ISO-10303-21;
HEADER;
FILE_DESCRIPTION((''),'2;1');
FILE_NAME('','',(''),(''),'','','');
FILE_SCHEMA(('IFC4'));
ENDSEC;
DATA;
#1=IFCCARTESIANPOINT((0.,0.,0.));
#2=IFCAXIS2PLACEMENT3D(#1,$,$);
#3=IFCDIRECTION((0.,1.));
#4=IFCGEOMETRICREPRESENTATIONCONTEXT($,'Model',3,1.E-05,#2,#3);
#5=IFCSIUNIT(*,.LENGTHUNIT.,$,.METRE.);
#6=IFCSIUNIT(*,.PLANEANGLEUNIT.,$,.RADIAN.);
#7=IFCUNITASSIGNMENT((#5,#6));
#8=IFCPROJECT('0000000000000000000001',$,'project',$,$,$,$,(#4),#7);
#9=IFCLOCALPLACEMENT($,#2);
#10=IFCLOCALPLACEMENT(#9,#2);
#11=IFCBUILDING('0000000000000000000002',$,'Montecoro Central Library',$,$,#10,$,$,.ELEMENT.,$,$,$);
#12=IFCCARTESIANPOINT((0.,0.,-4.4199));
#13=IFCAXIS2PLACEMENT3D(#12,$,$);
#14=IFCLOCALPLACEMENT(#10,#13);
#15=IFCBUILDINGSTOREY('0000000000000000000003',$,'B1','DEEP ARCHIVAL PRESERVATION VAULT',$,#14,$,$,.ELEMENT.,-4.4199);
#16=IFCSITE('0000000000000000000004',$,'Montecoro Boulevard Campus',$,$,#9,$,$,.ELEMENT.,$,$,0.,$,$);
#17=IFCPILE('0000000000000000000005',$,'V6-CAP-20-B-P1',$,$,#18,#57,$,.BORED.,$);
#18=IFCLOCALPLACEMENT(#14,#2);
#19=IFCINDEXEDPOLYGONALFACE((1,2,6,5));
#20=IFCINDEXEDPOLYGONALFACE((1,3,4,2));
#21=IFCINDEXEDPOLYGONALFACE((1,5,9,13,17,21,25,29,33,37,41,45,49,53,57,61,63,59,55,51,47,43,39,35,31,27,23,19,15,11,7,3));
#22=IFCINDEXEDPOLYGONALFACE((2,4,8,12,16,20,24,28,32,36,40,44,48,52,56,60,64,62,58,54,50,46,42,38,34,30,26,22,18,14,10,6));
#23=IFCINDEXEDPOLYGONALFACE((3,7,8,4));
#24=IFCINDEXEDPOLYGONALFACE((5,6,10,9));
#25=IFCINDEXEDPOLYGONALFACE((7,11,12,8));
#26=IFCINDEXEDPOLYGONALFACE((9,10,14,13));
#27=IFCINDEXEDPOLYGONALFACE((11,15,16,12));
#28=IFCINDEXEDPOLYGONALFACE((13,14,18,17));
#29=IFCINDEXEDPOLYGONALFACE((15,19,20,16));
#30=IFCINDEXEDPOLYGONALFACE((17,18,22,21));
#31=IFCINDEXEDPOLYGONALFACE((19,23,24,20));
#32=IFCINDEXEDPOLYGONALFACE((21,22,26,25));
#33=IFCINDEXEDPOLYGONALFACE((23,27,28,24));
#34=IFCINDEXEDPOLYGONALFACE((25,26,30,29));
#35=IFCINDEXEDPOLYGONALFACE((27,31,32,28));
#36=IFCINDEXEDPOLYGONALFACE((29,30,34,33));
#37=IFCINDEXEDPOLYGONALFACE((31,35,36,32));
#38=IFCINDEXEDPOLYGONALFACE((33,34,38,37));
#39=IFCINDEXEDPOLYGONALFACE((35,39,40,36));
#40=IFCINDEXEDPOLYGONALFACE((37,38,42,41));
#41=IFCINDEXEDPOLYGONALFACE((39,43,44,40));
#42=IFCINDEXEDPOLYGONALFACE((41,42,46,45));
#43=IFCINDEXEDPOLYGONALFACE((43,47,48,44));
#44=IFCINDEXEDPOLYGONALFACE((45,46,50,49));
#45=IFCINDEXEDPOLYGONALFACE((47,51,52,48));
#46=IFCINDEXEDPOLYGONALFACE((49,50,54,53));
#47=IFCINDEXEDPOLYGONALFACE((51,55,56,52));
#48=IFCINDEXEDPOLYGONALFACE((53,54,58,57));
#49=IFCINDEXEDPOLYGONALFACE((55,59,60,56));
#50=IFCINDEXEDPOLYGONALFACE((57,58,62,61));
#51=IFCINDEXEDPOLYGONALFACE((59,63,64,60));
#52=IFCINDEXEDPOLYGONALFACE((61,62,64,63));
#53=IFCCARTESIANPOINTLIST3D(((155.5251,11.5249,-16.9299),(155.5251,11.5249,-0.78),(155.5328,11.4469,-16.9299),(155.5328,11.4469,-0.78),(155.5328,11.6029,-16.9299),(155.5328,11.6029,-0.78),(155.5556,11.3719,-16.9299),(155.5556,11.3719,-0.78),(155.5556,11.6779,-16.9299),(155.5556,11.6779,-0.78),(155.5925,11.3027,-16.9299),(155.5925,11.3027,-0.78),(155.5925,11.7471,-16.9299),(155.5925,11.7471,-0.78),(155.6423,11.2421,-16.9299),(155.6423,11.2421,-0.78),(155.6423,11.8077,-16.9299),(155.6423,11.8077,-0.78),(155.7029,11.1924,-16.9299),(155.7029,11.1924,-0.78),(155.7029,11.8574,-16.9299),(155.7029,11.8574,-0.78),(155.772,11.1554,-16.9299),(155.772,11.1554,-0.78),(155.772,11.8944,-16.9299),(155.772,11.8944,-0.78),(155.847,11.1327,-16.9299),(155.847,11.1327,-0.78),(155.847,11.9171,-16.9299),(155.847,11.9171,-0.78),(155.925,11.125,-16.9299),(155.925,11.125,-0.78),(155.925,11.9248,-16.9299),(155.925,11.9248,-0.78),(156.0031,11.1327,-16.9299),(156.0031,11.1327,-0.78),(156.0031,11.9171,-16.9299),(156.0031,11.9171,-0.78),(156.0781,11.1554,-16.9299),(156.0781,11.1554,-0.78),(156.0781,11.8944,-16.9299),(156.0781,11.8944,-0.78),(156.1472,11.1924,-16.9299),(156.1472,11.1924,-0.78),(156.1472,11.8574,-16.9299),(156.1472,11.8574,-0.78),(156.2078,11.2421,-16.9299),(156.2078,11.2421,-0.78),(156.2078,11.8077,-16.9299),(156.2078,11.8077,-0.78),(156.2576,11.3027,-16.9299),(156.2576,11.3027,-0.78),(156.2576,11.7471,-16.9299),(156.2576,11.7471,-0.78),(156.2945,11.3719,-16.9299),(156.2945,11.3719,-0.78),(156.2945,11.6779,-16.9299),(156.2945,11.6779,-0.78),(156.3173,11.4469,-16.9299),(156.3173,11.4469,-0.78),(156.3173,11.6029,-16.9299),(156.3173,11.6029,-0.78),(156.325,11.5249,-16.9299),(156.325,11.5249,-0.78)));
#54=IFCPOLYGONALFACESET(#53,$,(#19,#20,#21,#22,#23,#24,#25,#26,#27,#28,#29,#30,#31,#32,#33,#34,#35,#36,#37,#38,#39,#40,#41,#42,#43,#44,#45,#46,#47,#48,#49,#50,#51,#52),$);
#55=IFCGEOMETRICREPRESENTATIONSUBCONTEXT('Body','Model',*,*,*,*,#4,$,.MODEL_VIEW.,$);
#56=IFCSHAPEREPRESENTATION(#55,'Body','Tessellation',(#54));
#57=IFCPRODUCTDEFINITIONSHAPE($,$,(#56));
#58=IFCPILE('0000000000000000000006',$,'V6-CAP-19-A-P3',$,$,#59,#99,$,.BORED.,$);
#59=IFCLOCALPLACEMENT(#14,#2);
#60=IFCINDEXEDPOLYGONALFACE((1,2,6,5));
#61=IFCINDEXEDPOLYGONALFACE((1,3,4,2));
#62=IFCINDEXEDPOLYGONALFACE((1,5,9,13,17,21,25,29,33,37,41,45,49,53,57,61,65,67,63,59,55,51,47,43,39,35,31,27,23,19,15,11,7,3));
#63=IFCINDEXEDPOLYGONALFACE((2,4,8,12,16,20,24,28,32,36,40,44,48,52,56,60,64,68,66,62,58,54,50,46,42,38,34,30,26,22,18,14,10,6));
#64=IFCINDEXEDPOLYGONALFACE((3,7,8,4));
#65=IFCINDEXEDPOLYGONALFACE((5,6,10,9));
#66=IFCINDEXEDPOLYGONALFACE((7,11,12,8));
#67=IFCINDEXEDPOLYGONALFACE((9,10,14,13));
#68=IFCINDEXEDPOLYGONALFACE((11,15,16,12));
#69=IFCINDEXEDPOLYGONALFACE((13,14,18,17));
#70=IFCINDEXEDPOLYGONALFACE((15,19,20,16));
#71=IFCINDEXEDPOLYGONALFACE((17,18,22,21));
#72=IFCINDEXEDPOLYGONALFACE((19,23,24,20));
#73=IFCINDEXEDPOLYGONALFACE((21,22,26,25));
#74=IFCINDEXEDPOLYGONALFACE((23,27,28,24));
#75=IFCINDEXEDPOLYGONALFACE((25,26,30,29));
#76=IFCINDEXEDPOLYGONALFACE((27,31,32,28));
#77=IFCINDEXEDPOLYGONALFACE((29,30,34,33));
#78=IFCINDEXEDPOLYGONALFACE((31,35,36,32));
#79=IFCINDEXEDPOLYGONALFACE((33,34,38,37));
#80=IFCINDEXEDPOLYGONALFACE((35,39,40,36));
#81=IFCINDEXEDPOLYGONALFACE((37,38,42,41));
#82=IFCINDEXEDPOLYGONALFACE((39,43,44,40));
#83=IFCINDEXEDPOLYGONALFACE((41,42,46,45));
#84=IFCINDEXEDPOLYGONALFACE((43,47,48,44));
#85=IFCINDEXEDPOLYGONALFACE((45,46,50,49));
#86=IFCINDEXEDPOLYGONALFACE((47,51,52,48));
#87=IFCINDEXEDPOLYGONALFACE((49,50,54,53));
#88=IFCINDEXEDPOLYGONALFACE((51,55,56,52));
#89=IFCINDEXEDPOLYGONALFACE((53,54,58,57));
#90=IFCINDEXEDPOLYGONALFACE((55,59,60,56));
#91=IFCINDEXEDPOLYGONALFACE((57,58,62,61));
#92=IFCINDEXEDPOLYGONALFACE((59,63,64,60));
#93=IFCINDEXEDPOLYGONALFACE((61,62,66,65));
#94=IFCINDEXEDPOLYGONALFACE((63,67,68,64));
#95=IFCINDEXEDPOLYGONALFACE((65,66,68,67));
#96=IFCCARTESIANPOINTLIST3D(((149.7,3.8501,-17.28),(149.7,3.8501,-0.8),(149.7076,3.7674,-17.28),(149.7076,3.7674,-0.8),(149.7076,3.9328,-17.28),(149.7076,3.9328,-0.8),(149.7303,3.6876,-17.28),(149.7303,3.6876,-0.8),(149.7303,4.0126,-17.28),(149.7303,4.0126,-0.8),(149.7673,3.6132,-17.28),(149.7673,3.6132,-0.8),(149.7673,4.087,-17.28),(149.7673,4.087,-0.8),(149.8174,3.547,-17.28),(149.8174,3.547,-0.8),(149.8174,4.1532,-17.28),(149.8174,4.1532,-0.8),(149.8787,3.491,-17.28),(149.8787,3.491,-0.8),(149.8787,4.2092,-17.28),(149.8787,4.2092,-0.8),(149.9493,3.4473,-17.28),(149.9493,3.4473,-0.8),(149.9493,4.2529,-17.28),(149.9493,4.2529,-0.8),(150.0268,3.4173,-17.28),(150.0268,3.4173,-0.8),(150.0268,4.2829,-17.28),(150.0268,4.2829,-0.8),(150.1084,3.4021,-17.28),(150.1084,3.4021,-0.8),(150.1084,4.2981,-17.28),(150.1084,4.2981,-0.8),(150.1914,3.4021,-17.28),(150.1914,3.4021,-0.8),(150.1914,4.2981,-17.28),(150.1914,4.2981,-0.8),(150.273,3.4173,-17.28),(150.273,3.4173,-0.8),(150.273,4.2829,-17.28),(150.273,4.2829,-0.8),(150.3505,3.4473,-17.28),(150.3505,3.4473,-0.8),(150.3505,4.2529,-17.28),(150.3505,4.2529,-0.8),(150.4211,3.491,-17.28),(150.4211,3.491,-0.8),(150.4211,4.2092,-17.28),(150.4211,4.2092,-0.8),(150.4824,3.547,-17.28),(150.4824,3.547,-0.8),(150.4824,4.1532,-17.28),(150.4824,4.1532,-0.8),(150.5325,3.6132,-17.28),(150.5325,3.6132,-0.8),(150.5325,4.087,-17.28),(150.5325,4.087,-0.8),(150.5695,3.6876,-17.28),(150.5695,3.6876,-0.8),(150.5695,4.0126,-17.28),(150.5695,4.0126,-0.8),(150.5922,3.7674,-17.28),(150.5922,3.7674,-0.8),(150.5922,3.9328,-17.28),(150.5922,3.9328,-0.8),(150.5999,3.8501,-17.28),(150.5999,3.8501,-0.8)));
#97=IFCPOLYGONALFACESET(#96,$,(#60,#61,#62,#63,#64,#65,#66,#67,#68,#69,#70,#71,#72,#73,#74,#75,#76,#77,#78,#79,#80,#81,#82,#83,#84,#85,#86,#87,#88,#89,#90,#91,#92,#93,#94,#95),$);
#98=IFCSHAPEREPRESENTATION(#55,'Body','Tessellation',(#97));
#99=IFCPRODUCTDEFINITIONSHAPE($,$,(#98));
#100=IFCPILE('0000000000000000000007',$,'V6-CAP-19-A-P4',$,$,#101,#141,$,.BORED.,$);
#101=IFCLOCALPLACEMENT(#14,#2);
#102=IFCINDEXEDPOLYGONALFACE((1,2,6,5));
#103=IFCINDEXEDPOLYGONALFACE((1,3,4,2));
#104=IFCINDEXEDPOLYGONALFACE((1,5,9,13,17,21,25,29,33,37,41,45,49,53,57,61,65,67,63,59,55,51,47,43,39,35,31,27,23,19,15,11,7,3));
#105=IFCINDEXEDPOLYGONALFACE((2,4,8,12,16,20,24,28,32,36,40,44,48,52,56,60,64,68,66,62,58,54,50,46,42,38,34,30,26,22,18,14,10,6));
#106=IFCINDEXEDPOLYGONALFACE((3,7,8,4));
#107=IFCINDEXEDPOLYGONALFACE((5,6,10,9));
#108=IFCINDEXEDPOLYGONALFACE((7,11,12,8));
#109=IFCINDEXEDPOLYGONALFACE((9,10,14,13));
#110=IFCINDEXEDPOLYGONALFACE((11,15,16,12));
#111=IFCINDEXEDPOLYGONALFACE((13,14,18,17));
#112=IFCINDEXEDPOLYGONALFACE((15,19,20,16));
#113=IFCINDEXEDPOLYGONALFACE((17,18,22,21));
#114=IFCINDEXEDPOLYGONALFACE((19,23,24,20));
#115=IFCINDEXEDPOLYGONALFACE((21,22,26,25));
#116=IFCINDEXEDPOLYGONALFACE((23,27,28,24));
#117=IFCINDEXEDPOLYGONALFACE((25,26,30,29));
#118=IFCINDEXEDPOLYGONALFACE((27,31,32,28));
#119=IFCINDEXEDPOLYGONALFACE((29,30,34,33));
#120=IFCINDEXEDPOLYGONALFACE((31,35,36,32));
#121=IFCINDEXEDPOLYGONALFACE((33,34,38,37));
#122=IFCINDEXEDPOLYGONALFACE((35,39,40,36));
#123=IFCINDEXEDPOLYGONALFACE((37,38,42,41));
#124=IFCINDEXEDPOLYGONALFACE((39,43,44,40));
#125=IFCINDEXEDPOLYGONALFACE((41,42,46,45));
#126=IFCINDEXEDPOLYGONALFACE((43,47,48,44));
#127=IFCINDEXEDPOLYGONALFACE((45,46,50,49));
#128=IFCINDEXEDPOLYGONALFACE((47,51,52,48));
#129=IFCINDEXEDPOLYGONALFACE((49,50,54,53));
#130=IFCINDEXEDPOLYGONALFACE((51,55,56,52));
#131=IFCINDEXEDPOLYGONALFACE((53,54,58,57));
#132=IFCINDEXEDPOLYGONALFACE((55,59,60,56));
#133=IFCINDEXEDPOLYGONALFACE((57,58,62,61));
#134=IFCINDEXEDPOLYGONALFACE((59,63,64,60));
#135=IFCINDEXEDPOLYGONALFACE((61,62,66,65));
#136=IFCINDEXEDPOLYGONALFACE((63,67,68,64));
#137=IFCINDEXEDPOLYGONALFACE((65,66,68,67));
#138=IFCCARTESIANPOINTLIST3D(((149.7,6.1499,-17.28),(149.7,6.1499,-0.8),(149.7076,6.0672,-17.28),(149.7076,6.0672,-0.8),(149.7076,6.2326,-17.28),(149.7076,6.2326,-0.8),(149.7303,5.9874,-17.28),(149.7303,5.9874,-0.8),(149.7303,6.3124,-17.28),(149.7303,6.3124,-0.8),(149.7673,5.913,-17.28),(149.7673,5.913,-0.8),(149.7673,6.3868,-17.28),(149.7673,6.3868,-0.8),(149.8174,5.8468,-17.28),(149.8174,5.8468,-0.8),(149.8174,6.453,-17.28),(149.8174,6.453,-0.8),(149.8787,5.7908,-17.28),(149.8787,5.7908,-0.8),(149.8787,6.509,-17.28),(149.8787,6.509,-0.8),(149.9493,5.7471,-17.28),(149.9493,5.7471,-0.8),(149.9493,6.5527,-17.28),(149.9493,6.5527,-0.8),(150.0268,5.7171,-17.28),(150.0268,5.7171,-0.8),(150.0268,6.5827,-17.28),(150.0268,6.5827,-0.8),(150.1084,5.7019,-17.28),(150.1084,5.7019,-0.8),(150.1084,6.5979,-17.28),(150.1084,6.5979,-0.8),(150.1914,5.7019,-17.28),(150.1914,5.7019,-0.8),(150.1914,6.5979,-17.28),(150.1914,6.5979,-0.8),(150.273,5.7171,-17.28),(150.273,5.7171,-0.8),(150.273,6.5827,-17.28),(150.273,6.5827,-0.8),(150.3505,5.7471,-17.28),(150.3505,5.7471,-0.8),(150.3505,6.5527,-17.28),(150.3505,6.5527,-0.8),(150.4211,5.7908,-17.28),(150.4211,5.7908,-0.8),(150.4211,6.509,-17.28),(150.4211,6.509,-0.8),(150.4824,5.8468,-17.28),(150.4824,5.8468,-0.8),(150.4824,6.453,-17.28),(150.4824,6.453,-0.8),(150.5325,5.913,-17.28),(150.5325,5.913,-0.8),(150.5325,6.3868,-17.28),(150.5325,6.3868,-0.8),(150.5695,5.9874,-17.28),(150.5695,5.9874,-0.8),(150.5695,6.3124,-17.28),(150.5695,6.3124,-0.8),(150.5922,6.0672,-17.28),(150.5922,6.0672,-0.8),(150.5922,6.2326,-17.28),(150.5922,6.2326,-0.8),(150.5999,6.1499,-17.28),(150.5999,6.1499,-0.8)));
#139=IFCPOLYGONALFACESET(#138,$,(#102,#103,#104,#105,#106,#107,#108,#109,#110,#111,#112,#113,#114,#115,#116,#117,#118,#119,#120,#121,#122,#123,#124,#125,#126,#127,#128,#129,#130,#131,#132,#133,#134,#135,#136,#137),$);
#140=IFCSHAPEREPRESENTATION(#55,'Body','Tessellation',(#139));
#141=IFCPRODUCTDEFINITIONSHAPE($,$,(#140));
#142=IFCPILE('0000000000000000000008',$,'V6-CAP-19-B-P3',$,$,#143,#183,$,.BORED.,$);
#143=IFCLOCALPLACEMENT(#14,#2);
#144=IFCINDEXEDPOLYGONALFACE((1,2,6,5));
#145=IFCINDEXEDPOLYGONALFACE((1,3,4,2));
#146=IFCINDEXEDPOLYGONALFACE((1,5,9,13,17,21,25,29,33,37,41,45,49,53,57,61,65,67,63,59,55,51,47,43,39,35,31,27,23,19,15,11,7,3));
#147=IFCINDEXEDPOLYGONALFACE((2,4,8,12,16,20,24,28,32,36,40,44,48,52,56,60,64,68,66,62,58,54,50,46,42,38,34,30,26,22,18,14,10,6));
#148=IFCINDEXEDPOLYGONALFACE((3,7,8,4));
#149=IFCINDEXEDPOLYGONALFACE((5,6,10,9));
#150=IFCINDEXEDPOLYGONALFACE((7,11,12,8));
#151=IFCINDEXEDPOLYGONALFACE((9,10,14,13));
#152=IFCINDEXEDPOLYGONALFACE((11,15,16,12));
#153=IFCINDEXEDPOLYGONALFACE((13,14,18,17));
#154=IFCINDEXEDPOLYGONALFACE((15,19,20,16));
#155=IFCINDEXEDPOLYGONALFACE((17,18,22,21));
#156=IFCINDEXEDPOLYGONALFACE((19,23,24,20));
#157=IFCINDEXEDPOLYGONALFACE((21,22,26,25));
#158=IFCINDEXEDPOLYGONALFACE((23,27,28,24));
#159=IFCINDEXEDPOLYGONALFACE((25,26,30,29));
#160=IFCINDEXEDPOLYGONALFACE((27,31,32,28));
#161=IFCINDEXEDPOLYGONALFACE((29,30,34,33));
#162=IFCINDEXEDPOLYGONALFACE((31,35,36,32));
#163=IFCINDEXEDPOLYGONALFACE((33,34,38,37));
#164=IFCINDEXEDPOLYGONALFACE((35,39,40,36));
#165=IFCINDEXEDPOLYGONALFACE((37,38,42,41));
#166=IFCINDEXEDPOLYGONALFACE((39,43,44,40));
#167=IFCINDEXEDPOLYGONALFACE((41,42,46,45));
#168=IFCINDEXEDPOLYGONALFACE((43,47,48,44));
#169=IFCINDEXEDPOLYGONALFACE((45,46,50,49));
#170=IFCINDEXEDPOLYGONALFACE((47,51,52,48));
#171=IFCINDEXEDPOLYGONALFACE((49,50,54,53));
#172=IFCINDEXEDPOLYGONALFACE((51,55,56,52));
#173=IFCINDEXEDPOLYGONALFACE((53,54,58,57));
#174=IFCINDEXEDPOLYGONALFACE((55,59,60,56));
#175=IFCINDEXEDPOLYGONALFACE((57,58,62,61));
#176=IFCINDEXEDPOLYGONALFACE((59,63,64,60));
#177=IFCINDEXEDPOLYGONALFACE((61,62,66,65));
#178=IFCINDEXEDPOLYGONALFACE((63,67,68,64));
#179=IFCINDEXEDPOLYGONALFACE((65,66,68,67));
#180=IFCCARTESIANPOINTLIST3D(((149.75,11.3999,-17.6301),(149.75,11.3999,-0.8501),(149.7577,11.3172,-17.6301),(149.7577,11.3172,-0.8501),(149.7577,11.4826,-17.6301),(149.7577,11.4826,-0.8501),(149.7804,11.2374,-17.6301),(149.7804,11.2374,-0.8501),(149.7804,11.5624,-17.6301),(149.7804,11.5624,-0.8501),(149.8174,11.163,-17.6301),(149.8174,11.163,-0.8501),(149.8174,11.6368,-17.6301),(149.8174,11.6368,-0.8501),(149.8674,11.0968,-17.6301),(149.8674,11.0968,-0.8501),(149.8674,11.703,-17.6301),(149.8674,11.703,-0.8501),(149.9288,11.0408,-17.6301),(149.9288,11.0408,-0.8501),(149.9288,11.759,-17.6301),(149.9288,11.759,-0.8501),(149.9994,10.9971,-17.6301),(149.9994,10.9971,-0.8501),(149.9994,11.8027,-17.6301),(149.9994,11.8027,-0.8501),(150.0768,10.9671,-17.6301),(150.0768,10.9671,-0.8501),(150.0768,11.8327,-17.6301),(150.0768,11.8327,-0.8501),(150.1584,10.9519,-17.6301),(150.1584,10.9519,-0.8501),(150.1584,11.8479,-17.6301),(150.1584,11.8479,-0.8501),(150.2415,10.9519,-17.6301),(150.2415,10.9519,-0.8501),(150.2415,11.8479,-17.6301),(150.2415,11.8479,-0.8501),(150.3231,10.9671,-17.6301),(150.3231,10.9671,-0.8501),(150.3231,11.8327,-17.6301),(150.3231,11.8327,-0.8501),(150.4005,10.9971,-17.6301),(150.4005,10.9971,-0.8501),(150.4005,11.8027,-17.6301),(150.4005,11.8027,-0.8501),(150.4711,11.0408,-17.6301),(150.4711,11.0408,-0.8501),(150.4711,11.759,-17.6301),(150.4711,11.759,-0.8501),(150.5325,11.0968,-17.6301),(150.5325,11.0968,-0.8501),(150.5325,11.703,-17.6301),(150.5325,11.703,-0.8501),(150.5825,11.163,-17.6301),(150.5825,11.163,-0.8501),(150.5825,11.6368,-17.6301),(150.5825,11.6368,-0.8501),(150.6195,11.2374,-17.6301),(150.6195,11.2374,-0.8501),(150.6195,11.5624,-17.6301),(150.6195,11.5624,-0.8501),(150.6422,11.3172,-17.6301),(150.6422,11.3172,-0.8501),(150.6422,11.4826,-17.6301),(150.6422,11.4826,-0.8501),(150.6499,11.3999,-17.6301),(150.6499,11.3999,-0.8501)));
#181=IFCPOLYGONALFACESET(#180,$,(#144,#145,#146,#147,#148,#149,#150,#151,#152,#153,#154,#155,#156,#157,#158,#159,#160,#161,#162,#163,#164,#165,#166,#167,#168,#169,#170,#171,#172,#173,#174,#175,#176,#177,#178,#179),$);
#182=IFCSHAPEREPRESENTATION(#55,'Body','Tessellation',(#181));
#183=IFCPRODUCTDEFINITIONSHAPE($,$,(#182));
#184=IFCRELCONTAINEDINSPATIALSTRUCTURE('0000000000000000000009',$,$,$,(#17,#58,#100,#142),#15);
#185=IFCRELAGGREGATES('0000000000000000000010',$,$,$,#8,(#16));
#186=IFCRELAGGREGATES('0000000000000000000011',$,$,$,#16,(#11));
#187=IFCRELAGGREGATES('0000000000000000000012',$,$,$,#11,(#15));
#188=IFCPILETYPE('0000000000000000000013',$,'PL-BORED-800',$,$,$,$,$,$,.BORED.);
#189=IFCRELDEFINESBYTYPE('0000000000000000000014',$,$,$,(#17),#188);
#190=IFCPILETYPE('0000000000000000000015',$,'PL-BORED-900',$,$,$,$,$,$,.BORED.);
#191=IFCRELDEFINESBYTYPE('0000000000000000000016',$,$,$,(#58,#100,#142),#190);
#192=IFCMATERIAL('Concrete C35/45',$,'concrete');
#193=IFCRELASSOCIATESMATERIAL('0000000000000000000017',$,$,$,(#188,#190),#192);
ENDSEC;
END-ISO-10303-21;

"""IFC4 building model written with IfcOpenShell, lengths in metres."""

from ifc_helpers import new_model, si_unit, direction, frame, origin, origin_2d, place, context, subcontext, project, spatial, circle, extrude, material, material_profile, profile_set, type_object, element, save


model = new_model("IFC4")

# Units and contexts
model_context = context("Model", 3, precision=1e-05, world=origin(), true_north=direction((0.0, 1.0)))
body_context = subcontext(model_context, "Body", "Model", "MODEL_VIEW")
ifc_project = project(units=[si_unit("LENGTHUNIT", "METRE"), si_unit("PLANEANGLEUNIT", "RADIAN")], contexts=[model_context])

# Site, building, storey
site_placement = place(None, origin())
site = spatial("IfcSite", under=ifc_project, at=site_placement, Name="Montecoro Boulevard Campus", CompositionType="ELEMENT", RefElevation=0.0)
building_placement = place(site_placement, origin())
building = spatial("IfcBuilding", under=site, at=building_placement, Name="Montecoro Central Library", CompositionType="ELEMENT")
storey_placement = place(building_placement, frame((0.0, 0.0, -4.4199)))
storey = spatial("IfcBuildingStorey", under=building, at=storey_placement, Name="B1", Description="DEEP ARCHIVAL PRESERVATION VAULT", CompositionType="ELEMENT", Elevation=-4.4199)

# Shared definitions
ifc_material_1 = material(Name="Concrete C35/45", Category="concrete")

# Piles
ifc_material_profile_1 = material_profile(ifc_material_1, circle(Radius=0.3999, at=origin_2d()), Name="PILE D800")
ifc_profile_set_1 = profile_set([ifc_material_profile_1], Name="Concrete C35/45")
pile_type_1 = type_object("IfcPileType", Name="PL-BORED-800", PredefinedType="BORED", material=ifc_profile_set_1)
pile_1_placement = place(storey_placement, frame((155.925, 11.5249, -0.78), z_axis=(0.0, 0.0, -1.0), x_axis=(1.0, 0.0, 0.0)))
element("IfcPile", 1, at=pile_1_placement, inside=storey, type_object=pile_type_1, Name="V6-CAP-20-B-P1", PredefinedType="BORED", context=body_context, shape_type="SweptSolid", body=[
    extrude(circle(Radius=0.3999, at=origin_2d()), origin(), (0.0, 0.0, 1.0), 16.1499),
])
ifc_material_profile_2 = material_profile(ifc_material_1, circle(Radius=0.45, at=origin_2d()), Name="PILE D900")
ifc_profile_set_2 = profile_set([ifc_material_profile_2], Name="Concrete C35/45")
pile_type_2 = type_object("IfcPileType", Name="PL-BORED-900", PredefinedType="BORED", material=ifc_profile_set_2)
for number, where, z_axis, x_axis, name in (
    (2, (150.1499, 3.8501, -0.8), (0.0, 0.0, -1.0), (1.0, 0.0, 0.0), "V6-CAP-19-A-P3"),
    (3, (150.1499, 6.1499, -0.8), (0.0, 0.0, -1.0), (1.0, 0.0, 0.0), "V6-CAP-19-A-P4"),
):
    element("IfcPile", number, at=place(storey_placement, frame(where, z_axis=z_axis, x_axis=x_axis)), inside=storey, type_object=pile_type_2, Name=name, PredefinedType="BORED", context=body_context, shape_type="SweptSolid", body=[
        extrude(circle(Radius=0.45, at=origin_2d()), origin(), (0.0, 0.0, 1.0), 16.48),
    ])
pile_2_placement = place(storey_placement, frame((150.2, 11.3999, -0.8501), z_axis=(0.0, 0.0, -1.0), x_axis=(1.0, 0.0, 0.0)))
element("IfcPile", 4, at=pile_2_placement, inside=storey, type_object=pile_type_2, Name="V6-CAP-19-B-P3", PredefinedType="BORED", context=body_context, shape_type="SweptSolid", body=[
    extrude(circle(Radius=0.45, at=origin_2d()), origin(), (0.0, 0.0, 1.0), 16.78),
])

save(model, "model.ifc")
